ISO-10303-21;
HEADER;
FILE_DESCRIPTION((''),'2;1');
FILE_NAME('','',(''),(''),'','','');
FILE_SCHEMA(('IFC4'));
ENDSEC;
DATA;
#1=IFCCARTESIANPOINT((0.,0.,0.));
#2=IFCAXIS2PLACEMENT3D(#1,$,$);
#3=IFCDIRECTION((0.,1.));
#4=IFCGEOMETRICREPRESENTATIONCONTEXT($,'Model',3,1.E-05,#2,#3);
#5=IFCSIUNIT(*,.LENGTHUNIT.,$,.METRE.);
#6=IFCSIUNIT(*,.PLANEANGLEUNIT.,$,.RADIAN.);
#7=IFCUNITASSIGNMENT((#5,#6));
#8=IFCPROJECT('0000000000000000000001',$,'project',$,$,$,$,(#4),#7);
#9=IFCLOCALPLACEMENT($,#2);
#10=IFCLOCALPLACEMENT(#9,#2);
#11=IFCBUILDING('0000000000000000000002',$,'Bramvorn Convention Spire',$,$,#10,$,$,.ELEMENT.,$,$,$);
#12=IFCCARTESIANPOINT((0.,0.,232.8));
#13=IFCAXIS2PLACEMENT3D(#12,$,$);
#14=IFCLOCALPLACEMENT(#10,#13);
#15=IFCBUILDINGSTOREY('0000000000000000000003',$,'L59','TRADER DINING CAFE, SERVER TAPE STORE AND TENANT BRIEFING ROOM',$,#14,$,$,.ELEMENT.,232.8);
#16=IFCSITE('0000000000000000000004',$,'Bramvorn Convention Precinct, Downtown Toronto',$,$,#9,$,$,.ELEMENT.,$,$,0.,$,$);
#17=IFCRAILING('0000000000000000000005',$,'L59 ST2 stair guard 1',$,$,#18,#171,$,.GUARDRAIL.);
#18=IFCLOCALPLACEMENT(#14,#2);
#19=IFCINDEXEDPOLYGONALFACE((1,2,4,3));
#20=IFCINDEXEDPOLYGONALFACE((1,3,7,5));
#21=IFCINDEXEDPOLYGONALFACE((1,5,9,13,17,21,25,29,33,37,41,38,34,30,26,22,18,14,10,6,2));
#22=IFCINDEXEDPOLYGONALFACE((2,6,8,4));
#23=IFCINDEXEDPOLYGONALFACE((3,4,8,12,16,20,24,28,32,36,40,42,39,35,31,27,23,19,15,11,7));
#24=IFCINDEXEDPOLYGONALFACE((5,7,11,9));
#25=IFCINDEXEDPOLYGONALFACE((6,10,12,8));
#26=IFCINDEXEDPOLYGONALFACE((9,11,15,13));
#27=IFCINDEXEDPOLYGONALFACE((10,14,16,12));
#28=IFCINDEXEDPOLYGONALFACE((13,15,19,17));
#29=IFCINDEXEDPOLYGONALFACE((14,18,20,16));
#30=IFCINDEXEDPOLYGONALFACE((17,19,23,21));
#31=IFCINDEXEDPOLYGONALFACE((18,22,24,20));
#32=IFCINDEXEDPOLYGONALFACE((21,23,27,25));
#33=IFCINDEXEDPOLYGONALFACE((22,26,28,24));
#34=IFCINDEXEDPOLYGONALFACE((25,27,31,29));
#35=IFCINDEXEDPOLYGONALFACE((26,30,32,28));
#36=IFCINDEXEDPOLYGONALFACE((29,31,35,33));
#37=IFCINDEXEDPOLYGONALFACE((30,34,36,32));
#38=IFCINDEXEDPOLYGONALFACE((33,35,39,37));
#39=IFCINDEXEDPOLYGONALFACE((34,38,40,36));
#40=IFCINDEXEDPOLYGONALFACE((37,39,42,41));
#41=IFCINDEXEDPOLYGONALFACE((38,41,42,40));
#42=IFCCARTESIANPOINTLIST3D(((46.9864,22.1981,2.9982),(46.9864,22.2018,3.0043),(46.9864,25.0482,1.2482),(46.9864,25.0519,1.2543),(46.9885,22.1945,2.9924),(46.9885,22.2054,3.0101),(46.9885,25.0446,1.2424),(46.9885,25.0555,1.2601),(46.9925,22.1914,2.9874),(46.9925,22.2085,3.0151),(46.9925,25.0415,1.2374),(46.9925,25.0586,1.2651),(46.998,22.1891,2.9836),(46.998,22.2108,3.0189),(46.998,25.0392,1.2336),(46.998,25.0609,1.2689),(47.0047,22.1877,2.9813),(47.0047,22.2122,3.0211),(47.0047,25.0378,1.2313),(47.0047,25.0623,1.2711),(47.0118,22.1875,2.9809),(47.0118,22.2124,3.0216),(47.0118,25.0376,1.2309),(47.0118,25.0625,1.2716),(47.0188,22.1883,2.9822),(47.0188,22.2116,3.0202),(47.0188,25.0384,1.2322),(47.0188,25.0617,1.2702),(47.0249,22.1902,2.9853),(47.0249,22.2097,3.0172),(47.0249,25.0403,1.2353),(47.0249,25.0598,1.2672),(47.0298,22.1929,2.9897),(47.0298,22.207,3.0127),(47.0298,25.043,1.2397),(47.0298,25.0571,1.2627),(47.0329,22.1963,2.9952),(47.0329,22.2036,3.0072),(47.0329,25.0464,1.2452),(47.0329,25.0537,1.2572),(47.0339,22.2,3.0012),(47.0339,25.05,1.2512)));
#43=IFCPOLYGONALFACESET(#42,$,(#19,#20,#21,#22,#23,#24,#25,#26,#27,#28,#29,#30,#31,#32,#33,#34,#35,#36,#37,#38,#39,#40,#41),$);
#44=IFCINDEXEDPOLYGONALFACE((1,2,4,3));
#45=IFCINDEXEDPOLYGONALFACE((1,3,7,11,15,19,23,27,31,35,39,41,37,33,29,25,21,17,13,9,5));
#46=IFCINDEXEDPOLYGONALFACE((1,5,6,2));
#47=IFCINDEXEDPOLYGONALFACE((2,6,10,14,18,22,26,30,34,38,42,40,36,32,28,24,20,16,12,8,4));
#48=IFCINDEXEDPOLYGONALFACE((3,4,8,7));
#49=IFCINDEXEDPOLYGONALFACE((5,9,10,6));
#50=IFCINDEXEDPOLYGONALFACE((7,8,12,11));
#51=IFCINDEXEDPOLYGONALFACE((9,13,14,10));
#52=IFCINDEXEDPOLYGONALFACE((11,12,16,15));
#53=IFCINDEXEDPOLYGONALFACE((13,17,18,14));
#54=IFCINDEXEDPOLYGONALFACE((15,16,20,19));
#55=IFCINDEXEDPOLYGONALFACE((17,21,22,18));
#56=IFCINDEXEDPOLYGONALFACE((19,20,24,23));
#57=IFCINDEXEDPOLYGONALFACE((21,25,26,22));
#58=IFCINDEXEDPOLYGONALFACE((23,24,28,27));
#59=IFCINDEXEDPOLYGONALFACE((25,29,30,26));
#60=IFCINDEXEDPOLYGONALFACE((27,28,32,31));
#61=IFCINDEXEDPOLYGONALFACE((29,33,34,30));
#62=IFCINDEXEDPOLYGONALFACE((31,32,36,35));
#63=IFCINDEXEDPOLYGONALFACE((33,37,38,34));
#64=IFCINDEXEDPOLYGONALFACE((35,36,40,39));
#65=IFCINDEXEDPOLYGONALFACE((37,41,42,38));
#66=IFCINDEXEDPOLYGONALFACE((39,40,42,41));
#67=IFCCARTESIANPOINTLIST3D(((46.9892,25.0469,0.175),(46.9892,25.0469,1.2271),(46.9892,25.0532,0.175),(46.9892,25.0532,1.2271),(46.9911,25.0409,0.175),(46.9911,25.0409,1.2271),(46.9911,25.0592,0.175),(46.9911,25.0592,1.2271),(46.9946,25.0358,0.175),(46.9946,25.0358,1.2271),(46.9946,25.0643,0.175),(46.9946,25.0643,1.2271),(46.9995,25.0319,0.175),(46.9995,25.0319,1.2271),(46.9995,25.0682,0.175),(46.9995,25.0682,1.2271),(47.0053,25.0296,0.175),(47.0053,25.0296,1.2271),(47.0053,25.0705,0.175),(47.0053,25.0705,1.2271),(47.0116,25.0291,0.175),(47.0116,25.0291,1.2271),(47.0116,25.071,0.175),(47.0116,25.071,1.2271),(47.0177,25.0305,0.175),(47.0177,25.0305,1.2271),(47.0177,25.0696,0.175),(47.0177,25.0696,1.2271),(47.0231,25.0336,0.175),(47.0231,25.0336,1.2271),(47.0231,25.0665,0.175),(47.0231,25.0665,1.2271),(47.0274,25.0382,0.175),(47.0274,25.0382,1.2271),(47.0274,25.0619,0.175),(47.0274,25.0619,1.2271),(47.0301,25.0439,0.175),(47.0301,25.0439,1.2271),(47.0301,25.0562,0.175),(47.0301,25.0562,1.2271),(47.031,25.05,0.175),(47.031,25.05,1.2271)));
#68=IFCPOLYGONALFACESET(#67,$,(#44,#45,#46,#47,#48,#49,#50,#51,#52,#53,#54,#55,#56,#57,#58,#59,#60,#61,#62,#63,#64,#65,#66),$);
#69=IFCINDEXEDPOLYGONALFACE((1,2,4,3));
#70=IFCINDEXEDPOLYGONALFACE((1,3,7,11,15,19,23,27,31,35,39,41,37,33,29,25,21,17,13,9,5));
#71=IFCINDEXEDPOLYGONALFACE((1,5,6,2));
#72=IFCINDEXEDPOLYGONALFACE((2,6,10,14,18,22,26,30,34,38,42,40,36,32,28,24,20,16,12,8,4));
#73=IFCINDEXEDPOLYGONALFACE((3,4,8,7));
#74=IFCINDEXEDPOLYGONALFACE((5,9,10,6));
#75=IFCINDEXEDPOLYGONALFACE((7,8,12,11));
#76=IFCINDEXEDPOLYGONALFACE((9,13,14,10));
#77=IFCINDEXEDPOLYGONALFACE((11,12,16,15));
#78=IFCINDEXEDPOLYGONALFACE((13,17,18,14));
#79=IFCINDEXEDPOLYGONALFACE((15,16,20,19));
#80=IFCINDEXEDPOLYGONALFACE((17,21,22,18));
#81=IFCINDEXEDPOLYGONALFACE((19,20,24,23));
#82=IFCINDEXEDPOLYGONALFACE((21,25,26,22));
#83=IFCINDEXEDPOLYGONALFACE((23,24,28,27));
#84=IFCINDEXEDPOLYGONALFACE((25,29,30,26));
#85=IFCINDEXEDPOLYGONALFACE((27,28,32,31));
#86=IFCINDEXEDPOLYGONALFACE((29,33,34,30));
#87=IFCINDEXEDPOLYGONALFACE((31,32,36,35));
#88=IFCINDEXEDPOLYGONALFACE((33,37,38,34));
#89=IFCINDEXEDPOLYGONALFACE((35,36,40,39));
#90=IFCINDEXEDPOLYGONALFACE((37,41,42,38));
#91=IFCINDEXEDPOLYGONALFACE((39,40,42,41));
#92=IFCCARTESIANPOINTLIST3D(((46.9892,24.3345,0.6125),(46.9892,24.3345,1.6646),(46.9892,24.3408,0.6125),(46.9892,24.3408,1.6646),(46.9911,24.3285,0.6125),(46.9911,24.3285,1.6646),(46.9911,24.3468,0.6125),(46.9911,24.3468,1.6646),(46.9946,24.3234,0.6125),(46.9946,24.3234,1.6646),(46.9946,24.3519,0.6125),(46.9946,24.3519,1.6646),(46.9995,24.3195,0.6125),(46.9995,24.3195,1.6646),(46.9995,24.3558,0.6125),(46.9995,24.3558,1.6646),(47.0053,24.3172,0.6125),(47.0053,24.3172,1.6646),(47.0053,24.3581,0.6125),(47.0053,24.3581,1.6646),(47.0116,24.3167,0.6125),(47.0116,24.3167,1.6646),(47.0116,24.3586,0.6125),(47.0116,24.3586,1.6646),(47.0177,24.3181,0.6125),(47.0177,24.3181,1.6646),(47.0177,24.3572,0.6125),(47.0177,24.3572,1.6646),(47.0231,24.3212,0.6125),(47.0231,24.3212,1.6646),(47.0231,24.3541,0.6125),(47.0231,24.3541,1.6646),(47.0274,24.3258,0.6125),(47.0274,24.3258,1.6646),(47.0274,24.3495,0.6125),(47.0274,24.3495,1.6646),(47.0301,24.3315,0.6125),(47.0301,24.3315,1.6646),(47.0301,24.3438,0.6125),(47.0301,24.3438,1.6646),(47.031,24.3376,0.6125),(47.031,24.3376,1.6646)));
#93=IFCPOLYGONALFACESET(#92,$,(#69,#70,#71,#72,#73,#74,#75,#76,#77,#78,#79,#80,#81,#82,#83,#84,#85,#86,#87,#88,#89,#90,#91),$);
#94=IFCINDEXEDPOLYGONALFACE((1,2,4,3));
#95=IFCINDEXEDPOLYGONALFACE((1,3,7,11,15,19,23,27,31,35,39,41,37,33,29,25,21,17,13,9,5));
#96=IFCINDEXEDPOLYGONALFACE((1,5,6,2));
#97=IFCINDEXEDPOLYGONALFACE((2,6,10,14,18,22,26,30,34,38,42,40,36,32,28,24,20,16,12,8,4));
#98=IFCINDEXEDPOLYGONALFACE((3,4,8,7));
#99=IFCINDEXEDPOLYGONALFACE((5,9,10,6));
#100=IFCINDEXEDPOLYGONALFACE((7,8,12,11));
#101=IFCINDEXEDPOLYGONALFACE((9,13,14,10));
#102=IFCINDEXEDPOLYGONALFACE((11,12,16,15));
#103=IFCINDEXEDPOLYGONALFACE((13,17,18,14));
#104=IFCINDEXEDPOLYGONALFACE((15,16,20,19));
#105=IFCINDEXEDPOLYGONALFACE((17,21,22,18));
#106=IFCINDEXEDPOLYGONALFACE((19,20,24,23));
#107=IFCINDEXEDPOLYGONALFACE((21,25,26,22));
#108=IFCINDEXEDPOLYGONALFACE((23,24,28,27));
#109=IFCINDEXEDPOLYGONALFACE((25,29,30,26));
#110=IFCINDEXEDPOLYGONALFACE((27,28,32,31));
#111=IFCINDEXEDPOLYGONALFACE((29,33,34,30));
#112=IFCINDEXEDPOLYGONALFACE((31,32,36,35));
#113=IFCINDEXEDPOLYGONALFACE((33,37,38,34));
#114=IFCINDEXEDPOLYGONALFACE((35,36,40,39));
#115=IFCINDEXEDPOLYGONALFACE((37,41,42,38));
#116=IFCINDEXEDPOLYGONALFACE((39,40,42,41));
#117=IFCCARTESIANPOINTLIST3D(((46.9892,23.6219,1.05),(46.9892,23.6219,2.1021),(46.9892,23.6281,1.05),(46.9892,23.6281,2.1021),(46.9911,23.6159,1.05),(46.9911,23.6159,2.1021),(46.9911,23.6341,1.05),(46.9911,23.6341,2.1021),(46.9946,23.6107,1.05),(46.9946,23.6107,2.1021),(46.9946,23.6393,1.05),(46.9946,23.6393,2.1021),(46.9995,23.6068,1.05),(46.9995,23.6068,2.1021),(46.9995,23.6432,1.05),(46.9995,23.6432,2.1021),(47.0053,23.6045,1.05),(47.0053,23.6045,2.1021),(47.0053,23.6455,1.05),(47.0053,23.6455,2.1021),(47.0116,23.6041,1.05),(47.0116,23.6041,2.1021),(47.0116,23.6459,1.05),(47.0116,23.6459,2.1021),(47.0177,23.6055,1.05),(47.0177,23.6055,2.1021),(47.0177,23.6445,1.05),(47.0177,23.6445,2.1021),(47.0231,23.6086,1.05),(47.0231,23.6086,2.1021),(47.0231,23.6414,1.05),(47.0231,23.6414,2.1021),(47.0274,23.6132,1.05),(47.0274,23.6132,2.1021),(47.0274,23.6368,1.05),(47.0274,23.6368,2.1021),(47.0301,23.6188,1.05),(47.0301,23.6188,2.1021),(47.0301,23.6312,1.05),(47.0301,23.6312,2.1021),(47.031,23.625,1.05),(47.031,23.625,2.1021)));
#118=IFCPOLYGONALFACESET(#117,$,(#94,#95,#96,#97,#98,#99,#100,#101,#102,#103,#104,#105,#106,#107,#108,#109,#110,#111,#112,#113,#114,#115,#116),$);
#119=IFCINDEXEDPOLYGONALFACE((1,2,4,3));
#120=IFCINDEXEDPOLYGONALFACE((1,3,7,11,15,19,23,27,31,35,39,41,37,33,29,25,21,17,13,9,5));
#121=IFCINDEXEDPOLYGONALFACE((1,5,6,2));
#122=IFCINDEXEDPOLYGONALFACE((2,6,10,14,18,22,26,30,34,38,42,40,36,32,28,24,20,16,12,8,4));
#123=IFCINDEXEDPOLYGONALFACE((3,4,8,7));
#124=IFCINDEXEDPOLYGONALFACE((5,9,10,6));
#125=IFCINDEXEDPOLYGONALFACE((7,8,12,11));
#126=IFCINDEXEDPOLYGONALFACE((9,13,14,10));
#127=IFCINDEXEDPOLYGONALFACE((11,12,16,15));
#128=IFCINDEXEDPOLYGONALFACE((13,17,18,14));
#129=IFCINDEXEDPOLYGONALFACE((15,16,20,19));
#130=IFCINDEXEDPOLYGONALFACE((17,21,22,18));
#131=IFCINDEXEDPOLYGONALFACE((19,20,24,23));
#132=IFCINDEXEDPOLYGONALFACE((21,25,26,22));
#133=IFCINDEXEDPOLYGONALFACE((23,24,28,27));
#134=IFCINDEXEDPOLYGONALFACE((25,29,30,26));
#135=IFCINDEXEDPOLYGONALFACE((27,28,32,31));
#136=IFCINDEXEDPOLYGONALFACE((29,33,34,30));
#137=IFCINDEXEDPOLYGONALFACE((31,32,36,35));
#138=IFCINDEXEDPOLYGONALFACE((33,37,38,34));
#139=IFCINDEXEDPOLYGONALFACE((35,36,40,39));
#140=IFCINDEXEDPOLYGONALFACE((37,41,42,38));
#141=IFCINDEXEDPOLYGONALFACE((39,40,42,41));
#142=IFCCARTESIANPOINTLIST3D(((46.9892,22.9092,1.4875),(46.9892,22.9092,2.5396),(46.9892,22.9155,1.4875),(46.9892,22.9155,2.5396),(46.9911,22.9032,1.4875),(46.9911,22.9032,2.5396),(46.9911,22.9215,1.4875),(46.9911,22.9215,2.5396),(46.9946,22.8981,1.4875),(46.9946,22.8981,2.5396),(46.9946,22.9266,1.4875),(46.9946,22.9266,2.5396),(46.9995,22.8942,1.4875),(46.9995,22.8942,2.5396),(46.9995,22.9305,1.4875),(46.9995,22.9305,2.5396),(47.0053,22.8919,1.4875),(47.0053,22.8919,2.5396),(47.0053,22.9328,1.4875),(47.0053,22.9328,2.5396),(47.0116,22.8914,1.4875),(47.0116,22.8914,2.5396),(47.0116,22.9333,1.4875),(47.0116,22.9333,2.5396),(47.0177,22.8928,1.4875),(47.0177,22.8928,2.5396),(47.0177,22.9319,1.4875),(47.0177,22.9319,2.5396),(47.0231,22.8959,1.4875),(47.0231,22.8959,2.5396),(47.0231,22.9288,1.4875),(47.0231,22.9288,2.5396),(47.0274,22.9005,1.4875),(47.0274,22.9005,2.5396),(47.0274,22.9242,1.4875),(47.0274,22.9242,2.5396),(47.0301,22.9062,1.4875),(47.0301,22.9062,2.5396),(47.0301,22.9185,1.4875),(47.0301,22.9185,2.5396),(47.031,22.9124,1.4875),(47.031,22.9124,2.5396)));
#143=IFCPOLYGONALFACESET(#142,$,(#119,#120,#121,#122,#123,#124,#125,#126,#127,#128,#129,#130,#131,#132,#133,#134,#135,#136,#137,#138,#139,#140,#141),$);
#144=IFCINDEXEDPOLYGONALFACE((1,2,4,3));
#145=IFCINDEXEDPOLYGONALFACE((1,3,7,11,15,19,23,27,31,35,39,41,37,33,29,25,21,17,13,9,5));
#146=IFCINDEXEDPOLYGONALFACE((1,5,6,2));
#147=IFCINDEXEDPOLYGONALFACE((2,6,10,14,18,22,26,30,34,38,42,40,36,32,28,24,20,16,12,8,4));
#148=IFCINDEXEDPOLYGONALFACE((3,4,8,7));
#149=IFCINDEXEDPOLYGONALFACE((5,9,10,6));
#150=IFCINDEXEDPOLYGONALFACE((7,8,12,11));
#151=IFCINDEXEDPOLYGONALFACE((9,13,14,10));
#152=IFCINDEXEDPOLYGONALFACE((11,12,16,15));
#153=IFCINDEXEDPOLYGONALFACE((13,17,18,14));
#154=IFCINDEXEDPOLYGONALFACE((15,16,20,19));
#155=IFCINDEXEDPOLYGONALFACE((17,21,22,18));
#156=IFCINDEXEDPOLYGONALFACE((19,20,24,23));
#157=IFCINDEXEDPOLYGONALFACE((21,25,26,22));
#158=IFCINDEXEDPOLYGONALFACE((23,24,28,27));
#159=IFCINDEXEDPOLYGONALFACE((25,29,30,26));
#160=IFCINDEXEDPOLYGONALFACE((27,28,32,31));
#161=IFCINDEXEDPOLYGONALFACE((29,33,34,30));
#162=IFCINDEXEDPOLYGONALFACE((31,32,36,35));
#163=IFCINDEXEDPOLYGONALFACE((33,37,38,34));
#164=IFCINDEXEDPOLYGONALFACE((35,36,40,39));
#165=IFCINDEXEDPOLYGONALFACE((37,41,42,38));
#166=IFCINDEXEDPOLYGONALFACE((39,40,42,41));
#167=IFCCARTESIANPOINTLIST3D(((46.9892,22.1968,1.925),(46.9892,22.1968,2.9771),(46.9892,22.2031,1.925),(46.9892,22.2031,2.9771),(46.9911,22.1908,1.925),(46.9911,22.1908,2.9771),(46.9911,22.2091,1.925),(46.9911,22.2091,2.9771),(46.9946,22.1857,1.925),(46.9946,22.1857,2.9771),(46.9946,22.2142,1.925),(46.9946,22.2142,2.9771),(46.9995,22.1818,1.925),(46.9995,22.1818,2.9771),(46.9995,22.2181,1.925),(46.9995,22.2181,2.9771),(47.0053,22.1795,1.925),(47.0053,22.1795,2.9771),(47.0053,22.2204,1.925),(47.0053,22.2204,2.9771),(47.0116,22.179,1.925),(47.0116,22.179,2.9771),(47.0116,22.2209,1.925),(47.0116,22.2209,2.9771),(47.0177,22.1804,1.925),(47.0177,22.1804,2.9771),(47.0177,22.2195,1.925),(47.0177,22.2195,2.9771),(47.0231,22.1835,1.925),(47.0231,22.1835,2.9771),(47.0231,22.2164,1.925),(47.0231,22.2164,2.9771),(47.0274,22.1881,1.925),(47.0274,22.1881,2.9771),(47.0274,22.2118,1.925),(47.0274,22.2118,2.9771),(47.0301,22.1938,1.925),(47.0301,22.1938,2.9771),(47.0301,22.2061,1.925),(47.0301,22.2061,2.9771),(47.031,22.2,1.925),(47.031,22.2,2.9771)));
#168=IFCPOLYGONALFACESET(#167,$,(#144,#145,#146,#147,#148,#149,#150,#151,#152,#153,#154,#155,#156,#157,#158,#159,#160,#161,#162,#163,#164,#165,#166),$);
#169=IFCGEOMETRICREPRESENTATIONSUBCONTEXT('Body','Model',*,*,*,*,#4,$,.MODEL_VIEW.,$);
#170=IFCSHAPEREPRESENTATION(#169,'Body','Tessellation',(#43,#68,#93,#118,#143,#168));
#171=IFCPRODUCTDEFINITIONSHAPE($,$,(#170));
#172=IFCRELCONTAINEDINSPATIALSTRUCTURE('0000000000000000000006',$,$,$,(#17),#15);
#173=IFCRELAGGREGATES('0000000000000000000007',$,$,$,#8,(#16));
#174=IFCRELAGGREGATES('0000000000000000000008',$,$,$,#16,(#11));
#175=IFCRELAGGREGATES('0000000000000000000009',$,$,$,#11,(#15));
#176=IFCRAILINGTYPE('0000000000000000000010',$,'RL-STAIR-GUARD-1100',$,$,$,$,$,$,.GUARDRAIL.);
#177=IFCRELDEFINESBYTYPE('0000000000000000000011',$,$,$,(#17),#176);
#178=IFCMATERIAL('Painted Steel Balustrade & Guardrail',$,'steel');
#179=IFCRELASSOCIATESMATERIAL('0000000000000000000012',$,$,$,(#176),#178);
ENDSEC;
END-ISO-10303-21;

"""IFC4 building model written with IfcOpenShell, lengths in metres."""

from ifc_helpers import new_model, si_unit, direction, frame, origin, origin_2d, place, context, subcontext, project, spatial, circle, extrude, material, type_object, element, save


model = new_model("IFC4")

# Units and contexts
model_context = context("Model", 3, precision=1e-05, world=origin(), true_north=direction((0.0, 1.0)))
body_context = subcontext(model_context, "Body", "Model", "MODEL_VIEW")
ifc_project = project(units=[si_unit("LENGTHUNIT", "METRE"), si_unit("PLANEANGLEUNIT", "RADIAN")], contexts=[model_context])

# Site, building, storey
site_placement = place(None, origin())
site = spatial("IfcSite", under=ifc_project, at=site_placement, Name="Bramvorn Convention Precinct, Downtown Toronto", CompositionType="ELEMENT", RefElevation=0.0)
building_placement = place(site_placement, origin())
building = spatial("IfcBuilding", under=site, at=building_placement, Name="Bramvorn Convention Spire", CompositionType="ELEMENT")
storey_placement = place(building_placement, frame((0.0, 0.0, 232.8)))
storey = spatial("IfcBuildingStorey", under=building, at=storey_placement, Name="L59", Description="TRADER DINING CAFE, SERVER TAPE STORE AND TENANT BRIEFING ROOM", CompositionType="ELEMENT", Elevation=232.8)

# Railing
ifc_material_1 = material(Name="Painted Steel Balustrade & Guardrail", Category="steel")
railing_type_1 = type_object("IfcRailingType", Name="RL-STAIR-GUARD-1100", PredefinedType="GUARDRAIL", material=ifc_material_1)
railing_1_placement = place(storey_placement, frame((47.01, 25.05, 0.175)))
element("IfcRailing", 1, at=railing_1_placement, inside=storey, type_object=railing_type_1, Name="L59 ST2 stair guard 1", PredefinedType="GUARDRAIL", context=body_context, shape_type="SweptSolid", body=[
    extrude(circle(Radius=0.0239, at=origin_2d()), frame((0.0, 0.0, 1.0762), z_axis=(0.0, -0.852179, 0.52325), x_axis=(1.0, 0.0, 0.0)), (0.0, 0.0, 1.0), 3.3445),
    extrude(circle(Radius=0.021, at=origin_2d()), origin(), (0.0, 0.0, 1.0), 1.052),
    extrude(circle(Radius=0.021, at=origin_2d()), frame((0.0, -0.7124, 0.4375)), (0.0, 0.0, 1.0), 1.052),
    extrude(circle(Radius=0.021, at=origin_2d()), frame((0.0, -1.425, 0.875)), (0.0, 0.0, 1.0), 1.052),
    extrude(circle(Radius=0.021, at=origin_2d()), frame((0.0, -2.1377, 1.3125)), (0.0, 0.0, 1.0), 1.052),
    extrude(circle(Radius=0.021, at=origin_2d()), frame((0.0, -2.8501, 1.75)), (0.0, 0.0, 1.0), 1.052),
])

save(model, "model.ifc")
